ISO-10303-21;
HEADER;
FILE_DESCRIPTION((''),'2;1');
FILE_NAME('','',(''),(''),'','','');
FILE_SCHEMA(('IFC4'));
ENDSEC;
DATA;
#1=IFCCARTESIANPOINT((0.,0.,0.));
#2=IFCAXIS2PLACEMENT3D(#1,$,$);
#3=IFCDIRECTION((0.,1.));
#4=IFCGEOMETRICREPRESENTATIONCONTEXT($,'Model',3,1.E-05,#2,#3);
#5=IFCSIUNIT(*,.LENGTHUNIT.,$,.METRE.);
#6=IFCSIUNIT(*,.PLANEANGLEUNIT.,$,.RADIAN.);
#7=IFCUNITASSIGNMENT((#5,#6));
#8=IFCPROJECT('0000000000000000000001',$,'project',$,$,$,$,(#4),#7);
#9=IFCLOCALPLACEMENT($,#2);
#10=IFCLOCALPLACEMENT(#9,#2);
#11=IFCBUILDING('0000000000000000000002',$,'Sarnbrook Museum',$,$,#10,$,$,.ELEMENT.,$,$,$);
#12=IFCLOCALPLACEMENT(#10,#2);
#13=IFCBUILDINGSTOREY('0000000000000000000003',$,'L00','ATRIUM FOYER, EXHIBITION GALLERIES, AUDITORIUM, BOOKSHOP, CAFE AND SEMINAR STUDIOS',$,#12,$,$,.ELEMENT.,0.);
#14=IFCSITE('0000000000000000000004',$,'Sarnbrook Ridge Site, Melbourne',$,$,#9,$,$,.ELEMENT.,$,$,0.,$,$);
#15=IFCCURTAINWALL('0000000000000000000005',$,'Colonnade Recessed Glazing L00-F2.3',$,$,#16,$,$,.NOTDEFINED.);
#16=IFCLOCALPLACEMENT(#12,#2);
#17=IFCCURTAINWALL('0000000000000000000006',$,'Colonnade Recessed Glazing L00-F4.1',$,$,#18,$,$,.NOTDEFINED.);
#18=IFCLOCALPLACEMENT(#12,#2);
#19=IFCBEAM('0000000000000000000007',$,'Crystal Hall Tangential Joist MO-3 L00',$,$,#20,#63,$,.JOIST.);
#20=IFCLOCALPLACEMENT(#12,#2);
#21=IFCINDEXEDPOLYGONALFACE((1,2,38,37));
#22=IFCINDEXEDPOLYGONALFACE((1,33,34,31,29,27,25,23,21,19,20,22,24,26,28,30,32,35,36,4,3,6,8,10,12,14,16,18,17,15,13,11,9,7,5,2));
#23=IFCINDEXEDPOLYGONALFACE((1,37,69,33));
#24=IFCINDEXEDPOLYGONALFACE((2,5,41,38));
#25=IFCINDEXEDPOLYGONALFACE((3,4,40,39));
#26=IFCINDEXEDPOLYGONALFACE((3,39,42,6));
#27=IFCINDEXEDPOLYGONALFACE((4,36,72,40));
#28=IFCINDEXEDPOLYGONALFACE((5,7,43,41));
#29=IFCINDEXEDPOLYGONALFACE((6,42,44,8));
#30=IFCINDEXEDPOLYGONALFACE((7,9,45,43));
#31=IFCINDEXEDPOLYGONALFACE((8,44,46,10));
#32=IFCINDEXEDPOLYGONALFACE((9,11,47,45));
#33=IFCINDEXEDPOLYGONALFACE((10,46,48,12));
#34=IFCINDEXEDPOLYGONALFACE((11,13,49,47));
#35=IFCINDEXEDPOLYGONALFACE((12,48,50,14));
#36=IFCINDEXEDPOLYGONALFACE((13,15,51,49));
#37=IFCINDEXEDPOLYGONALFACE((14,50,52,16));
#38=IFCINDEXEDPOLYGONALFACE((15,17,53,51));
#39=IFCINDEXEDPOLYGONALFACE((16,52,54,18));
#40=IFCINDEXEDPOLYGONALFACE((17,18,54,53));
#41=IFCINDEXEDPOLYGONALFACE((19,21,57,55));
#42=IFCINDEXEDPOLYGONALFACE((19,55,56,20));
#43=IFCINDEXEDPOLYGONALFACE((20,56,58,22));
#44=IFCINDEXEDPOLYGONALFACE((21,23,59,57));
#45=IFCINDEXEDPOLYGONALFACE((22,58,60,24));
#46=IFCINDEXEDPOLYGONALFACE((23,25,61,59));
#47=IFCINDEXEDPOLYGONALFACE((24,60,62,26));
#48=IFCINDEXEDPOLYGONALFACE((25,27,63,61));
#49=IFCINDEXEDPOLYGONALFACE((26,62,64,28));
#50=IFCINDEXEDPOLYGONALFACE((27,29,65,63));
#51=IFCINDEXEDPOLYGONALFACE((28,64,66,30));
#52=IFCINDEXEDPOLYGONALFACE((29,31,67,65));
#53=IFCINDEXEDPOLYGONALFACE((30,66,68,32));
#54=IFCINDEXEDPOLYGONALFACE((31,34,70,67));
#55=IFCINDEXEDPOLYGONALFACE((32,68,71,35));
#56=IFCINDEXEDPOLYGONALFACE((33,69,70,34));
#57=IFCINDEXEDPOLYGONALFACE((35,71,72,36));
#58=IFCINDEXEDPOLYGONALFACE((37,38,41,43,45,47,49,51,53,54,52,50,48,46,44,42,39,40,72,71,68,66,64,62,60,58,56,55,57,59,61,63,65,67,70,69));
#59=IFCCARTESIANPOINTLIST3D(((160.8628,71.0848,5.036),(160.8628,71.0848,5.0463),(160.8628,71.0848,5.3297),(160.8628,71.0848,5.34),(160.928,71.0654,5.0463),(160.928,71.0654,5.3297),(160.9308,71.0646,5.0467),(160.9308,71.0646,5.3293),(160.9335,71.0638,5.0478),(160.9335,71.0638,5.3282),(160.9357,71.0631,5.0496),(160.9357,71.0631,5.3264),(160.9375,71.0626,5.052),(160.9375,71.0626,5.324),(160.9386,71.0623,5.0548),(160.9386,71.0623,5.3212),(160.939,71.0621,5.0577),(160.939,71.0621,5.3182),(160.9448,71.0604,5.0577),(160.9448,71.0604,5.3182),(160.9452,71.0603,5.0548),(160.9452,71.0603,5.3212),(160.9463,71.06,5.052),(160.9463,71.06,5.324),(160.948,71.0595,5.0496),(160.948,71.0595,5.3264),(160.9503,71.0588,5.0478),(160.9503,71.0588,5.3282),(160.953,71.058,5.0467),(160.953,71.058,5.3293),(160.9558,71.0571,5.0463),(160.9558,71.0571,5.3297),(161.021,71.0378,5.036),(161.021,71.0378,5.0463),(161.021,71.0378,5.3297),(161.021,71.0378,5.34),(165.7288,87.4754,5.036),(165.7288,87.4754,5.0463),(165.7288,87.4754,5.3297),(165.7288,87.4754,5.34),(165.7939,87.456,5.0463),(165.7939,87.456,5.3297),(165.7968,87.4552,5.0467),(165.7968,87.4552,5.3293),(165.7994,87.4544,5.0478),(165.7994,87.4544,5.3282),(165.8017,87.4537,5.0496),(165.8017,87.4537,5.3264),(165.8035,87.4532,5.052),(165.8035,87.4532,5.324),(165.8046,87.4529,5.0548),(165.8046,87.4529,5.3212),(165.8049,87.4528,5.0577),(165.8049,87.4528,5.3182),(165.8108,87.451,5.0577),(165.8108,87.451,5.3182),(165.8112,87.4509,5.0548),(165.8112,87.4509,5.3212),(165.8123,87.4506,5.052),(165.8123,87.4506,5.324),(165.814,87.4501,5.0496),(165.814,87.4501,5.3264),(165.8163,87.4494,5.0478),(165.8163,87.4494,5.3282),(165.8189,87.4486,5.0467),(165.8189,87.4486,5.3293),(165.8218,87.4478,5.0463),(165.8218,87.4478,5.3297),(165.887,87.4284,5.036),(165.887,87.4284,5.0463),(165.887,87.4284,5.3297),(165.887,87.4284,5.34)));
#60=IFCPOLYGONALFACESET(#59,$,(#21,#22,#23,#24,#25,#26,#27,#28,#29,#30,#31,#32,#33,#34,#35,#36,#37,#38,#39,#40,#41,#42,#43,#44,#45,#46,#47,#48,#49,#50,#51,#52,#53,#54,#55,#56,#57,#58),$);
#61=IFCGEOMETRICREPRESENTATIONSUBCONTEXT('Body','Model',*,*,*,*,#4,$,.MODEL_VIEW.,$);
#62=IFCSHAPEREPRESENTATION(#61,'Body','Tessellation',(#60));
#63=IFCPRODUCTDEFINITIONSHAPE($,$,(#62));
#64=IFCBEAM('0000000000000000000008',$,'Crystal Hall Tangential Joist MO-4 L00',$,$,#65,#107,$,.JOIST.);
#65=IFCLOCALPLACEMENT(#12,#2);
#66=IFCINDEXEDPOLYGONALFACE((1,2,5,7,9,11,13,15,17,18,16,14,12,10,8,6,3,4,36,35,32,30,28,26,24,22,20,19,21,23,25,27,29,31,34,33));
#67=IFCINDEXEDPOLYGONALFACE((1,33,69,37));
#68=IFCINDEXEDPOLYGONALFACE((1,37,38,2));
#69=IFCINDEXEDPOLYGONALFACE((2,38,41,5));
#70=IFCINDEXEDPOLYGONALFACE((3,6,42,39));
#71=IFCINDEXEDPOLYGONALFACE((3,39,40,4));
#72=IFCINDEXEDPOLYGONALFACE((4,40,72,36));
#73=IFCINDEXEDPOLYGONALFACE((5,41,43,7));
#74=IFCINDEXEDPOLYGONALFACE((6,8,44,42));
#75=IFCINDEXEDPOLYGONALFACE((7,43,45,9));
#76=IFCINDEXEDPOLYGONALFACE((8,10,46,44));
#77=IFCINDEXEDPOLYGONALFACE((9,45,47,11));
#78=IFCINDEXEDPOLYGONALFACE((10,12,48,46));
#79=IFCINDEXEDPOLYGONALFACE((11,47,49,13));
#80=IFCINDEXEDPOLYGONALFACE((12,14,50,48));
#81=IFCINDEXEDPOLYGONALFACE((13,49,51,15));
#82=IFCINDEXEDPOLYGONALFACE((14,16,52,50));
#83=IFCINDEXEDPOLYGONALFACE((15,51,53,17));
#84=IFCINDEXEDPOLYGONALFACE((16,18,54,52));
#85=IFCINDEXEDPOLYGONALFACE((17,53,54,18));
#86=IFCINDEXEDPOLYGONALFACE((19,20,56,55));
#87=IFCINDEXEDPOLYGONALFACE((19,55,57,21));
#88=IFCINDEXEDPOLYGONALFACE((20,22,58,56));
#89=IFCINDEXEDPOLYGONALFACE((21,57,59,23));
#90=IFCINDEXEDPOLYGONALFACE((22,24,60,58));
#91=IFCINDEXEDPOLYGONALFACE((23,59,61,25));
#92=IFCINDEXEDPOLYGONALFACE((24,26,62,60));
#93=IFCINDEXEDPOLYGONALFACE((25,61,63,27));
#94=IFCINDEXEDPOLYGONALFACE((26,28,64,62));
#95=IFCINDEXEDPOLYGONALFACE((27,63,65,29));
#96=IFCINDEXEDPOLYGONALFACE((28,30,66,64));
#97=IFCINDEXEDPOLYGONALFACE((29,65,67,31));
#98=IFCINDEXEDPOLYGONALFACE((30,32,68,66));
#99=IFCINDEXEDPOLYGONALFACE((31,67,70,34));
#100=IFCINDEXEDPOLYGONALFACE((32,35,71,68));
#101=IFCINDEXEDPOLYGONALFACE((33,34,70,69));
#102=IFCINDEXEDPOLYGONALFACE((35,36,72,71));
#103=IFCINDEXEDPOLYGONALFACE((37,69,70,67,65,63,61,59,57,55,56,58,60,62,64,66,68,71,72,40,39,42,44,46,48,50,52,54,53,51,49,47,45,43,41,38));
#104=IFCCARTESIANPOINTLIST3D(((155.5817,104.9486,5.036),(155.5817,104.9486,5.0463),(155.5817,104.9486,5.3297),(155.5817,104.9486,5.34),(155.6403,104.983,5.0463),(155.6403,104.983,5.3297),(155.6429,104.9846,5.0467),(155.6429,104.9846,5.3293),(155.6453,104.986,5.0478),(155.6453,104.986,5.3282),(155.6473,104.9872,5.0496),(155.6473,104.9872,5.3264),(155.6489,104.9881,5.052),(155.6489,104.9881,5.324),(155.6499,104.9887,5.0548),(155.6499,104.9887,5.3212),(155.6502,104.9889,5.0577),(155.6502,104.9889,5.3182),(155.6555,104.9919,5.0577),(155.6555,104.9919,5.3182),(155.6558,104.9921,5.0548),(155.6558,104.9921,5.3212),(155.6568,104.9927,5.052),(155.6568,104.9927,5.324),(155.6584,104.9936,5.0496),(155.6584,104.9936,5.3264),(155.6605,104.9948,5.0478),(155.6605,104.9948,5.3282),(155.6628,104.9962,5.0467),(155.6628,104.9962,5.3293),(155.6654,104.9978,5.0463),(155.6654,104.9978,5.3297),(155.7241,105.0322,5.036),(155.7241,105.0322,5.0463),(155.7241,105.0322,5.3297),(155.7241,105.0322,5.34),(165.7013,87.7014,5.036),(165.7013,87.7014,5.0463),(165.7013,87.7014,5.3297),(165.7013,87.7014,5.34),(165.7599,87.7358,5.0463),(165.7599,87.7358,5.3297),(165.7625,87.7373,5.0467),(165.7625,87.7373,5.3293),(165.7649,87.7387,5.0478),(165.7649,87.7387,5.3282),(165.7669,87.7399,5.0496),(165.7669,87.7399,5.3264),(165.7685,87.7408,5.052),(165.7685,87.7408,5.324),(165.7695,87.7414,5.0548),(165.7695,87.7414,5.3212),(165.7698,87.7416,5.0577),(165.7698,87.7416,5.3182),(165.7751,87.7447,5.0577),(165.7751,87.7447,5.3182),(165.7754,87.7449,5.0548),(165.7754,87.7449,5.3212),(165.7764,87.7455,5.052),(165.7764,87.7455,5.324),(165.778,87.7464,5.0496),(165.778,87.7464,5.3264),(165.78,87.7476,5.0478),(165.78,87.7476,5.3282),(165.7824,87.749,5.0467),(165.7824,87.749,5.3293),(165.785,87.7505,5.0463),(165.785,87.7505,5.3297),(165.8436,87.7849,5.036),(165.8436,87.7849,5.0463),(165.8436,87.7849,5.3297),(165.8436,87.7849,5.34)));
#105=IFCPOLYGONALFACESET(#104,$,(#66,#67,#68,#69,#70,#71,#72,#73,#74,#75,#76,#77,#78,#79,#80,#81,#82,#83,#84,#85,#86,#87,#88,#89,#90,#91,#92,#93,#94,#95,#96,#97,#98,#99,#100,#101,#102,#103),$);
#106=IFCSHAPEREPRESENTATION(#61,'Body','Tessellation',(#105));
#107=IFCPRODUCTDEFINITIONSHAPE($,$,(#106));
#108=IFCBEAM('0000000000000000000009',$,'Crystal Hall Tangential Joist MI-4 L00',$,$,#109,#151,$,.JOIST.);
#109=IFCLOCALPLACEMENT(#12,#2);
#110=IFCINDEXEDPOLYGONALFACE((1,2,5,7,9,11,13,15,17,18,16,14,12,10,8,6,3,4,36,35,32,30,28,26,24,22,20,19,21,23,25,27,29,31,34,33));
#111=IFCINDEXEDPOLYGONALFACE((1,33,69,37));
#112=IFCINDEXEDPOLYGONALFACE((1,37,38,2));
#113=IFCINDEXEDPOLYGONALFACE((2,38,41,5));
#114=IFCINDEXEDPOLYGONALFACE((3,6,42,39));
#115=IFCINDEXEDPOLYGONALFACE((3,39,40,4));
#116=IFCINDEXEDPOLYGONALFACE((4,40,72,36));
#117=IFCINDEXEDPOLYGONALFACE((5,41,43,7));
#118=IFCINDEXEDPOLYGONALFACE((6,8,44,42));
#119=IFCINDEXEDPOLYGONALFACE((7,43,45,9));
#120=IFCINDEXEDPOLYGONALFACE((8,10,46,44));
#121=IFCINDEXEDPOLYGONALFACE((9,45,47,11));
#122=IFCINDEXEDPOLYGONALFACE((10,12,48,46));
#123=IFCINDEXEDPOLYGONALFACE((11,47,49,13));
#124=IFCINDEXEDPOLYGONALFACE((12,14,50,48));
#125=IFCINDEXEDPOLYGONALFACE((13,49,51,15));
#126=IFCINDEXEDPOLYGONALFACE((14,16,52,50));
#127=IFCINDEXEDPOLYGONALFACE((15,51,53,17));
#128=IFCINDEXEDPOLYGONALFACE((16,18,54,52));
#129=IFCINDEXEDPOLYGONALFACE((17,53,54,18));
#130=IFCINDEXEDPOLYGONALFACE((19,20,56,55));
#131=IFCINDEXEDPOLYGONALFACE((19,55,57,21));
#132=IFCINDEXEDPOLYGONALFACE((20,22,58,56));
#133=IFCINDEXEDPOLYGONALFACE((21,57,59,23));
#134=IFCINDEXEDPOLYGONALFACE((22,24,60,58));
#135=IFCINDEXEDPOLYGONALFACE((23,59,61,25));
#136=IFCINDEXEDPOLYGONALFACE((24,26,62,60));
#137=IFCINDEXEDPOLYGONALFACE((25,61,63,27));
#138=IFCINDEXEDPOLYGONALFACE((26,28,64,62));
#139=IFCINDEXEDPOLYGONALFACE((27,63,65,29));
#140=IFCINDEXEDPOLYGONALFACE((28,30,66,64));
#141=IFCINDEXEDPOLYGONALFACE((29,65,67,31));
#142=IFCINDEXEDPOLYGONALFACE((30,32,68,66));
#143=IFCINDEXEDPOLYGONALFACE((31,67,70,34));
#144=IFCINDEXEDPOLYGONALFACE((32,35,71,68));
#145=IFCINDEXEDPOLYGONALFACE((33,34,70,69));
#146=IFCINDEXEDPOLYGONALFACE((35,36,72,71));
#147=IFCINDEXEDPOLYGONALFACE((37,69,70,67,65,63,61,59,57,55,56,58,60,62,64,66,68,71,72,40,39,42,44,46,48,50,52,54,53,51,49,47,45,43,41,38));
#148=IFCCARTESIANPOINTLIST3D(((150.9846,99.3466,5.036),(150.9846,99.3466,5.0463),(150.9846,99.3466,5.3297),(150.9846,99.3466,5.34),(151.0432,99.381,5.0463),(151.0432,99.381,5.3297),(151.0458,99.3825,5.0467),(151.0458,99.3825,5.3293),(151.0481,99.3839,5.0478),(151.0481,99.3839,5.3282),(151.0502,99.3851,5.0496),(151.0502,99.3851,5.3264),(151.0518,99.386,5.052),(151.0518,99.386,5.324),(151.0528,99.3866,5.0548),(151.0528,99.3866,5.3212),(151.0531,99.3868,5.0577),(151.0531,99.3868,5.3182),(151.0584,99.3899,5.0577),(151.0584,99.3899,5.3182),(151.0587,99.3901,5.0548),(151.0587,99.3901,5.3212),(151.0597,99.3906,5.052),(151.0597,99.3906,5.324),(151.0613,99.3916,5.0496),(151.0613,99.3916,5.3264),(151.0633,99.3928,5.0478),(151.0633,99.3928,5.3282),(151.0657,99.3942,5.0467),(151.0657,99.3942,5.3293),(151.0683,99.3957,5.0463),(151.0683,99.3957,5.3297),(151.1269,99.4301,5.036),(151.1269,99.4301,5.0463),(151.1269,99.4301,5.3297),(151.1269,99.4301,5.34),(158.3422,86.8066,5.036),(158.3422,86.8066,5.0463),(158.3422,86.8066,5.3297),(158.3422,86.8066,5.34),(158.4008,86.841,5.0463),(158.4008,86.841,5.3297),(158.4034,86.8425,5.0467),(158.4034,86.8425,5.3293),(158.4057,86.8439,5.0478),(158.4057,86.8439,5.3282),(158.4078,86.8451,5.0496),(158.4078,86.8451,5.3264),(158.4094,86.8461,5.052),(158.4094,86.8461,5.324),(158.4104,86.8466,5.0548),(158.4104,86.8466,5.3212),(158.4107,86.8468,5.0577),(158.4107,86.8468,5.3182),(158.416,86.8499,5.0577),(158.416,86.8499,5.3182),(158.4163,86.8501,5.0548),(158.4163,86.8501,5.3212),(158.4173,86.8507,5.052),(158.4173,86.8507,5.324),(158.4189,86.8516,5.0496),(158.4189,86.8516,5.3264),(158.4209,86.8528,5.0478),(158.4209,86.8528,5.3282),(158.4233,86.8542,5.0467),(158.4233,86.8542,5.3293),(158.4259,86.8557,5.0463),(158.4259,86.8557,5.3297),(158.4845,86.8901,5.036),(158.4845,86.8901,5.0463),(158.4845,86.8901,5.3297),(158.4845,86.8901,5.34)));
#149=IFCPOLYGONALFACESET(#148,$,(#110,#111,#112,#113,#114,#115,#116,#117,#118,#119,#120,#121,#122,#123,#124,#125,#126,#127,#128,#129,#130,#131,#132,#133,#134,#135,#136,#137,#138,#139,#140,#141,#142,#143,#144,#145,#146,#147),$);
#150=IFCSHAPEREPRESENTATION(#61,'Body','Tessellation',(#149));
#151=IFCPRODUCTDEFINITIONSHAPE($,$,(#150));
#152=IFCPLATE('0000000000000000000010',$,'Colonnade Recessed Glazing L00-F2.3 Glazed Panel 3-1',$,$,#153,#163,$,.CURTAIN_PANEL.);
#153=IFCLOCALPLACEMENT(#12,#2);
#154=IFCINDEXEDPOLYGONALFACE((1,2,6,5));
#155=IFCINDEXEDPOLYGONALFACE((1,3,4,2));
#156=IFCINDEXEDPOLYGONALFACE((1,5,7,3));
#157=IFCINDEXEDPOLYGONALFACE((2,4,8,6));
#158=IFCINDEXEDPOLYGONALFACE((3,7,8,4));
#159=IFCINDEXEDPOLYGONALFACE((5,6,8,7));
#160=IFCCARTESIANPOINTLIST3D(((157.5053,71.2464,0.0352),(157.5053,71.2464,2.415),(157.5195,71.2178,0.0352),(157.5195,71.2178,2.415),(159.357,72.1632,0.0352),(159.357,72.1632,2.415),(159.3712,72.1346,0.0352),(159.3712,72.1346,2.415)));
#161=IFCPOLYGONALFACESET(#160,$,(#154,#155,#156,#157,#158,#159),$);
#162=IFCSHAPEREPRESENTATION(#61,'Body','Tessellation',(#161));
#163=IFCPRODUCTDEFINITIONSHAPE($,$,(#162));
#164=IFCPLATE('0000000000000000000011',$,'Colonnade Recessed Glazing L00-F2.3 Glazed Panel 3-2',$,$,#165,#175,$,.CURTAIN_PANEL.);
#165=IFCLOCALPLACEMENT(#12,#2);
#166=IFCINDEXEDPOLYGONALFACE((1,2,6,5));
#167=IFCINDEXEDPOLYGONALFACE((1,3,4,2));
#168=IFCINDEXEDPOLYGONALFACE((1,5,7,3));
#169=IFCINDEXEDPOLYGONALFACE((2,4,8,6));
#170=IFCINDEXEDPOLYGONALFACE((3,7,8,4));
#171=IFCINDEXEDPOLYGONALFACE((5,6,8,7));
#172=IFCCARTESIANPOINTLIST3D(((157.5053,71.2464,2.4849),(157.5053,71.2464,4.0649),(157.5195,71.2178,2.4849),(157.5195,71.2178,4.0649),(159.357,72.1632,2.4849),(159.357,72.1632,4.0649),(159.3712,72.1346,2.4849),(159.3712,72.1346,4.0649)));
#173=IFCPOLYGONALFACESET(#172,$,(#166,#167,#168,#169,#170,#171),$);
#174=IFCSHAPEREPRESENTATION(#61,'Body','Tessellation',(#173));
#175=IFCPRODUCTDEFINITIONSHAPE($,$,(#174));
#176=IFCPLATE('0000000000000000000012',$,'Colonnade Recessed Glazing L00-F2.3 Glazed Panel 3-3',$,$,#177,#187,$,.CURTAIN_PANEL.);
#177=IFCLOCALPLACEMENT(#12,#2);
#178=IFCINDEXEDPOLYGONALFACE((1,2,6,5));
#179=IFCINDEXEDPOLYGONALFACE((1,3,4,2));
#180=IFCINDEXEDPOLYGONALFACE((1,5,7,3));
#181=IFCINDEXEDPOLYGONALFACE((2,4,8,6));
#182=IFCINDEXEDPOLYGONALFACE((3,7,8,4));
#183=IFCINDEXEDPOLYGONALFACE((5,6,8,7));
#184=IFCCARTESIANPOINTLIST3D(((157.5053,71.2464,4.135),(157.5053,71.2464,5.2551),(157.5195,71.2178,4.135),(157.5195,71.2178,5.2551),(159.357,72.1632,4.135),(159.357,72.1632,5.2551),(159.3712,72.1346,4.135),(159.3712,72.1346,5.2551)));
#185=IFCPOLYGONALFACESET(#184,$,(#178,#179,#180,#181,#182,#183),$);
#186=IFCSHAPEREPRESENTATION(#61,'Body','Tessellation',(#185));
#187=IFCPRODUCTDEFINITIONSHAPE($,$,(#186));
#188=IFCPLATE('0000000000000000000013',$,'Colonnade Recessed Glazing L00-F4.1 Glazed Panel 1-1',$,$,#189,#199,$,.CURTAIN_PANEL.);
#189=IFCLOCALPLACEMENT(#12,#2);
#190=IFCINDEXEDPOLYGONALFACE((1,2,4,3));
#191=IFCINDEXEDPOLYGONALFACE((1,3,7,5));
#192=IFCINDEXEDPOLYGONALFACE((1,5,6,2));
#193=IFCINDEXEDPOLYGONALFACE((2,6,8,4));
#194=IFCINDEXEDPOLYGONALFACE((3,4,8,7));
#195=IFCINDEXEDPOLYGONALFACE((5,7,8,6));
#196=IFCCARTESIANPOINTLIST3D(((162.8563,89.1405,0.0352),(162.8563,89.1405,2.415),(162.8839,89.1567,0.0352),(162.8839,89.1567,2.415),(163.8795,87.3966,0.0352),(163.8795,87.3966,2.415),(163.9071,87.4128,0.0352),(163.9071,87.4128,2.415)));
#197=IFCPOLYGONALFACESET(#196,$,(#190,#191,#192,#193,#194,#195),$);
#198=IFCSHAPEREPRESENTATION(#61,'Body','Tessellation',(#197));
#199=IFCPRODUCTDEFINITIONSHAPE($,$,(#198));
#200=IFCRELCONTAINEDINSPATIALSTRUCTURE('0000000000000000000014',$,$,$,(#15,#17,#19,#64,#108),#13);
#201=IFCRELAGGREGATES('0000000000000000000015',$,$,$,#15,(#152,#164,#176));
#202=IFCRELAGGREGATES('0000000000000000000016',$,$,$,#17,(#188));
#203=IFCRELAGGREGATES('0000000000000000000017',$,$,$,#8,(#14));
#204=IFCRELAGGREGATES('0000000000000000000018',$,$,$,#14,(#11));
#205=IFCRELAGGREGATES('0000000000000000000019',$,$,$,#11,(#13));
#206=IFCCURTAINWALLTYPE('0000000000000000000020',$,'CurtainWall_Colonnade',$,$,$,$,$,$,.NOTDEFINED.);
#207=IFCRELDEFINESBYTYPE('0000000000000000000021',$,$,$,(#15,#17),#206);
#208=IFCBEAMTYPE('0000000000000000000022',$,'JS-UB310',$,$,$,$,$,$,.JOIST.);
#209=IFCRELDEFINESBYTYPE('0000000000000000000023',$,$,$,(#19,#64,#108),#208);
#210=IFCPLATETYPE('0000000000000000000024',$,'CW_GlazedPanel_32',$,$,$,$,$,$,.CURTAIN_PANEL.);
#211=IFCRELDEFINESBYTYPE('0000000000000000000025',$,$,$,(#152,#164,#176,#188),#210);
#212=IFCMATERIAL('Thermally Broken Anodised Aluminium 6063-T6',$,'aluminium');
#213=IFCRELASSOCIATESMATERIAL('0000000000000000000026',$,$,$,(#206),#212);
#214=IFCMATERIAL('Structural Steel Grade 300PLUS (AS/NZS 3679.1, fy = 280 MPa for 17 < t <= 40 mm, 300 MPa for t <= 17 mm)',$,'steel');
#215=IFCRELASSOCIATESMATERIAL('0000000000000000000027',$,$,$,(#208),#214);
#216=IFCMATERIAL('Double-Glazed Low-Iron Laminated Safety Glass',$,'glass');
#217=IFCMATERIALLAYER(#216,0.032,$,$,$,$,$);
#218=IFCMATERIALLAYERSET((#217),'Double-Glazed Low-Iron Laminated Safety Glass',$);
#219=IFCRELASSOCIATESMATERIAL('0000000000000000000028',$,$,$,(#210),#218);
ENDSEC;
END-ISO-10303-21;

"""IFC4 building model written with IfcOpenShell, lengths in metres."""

from ifc_helpers import new_model, si_unit, direction, frame, origin, origin_2d, place, context, subcontext, project, spatial, rectangle, i_section, extrude, material, layer, layer_set, material_profile, profile_set, type_object, element, aggregate, save


model = new_model("IFC4")

# Units and contexts
model_context = context("Model", 3, precision=1e-05, world=origin(), true_north=direction((0.0, 1.0)))
body_context = subcontext(model_context, "Body", "Model", "MODEL_VIEW")
ifc_project = project(units=[si_unit("LENGTHUNIT", "METRE"), si_unit("PLANEANGLEUNIT", "RADIAN")], contexts=[model_context])

# Site, building, storey
site_placement = place(None, origin())
site = spatial("IfcSite", under=ifc_project, at=site_placement, Name="Sarnbrook Ridge Site, Melbourne", CompositionType="ELEMENT", RefElevation=0.0)
building_placement = place(site_placement, origin())
building = spatial("IfcBuilding", under=site, at=building_placement, Name="Sarnbrook Museum", CompositionType="ELEMENT")
storey_placement = place(building_placement, origin())
storey = spatial("IfcBuildingStorey", under=building, at=storey_placement, Name="L00", Description="ATRIUM FOYER, EXHIBITION GALLERIES, AUDITORIUM, BOOKSHOP, CAFE AND SEMINAR STUDIOS", CompositionType="ELEMENT", Elevation=0.0)

# Shared definitions
ifc_material_1 = material(Name="Structural Steel Grade 300PLUS (AS/NZS 3679.1, fy = 280 MPa for 17 < t <= 40 mm, 300 MPa for t <= 17 mm)", Category="steel")

# Curtain wall
ifc_material_2 = material(Name="Thermally Broken Anodised Aluminium 6063-T6", Category="aluminium")
curtain_wall_type = type_object("IfcCurtainWallType", Name="CurtainWall_Colonnade", PredefinedType="NOTDEFINED", material=ifc_material_2)
curtain_wall_1_placement = place(storey_placement, origin())
curtain_wall_1 = element("IfcCurtainWall", 1, at=curtain_wall_1_placement, inside=storey, type_object=curtain_wall_type, Name="Colonnade Recessed Glazing L00-F2.3", PredefinedType="NOTDEFINED")

# Curtain wall
curtain_wall_2_placement = place(storey_placement, origin())
curtain_wall_2 = element("IfcCurtainWall", 2, at=curtain_wall_2_placement, inside=storey, type_object=curtain_wall_type, Name="Colonnade Recessed Glazing L00-F4.1", PredefinedType="NOTDEFINED")

# Beams
ifc_material_profile_1 = material_profile(ifc_material_1, i_section(OverallWidth=0.165, OverallDepth=0.304, WebThickness=0.0061, FlangeThickness=0.0103, FilletRadius=0.0115, at=origin_2d()), Name="310UB40.4")
ifc_profile_set_1 = profile_set([ifc_material_profile_1], Name="Structural Steel Grade 300PLUS (AS/NZS 3679.1, fy = 280 MPa for 17 < t <= 40 mm, 300 MPa for t <= 17 mm)")
beam_type_1 = type_object("IfcBeamType", Name="JS-UB310", PredefinedType="JOIST", material=ifc_profile_set_1)
beam_1_placement = place(storey_placement, frame((160.9419, 71.0613, 5.188), z_axis=(0.284598, 0.958647, 0.0), x_axis=(-0.958647, 0.284598, 0.0)))
element("IfcBeam", 3, at=beam_1_placement, inside=storey, type_object=beam_type_1, Name="Crystal Hall Tangential Joist MO-3 L00", PredefinedType="JOIST", context=body_context, shape_type="SweptSolid", body=[
    extrude(i_section(OverallWidth=0.165, OverallDepth=0.304, WebThickness=0.0061, FlangeThickness=0.0103, FilletRadius=0.0115, at=origin_2d()), origin(), (0.0, 0.0, 1.0), 17.0977),
])
beam_2_placement = place(storey_placement, frame((165.7725, 87.7432, 5.188), z_axis=(-0.506059, 0.862499, 0.0), x_axis=(-0.862499, -0.506059, 0.0)))
element("IfcBeam", 4, at=beam_2_placement, inside=storey, type_object=beam_type_1, Name="Crystal Hall Tangential Joist MO-4 L00", PredefinedType="JOIST", context=body_context, shape_type="SweptSolid", body=[
    extrude(i_section(OverallWidth=0.165, OverallDepth=0.304, WebThickness=0.0061, FlangeThickness=0.0103, FilletRadius=0.0115, at=origin_2d()), origin(), (0.0, 0.0, 1.0), 19.9968),
])
beam_3_placement = place(storey_placement, frame((158.4133, 86.8484, 5.188), z_axis=(-0.506058, 0.8625, 0.0), x_axis=(-0.8625, -0.506058, 0.0)))
element("IfcBeam", 5, at=beam_3_placement, inside=storey, type_object=beam_type_1, Name="Crystal Hall Tangential Joist MI-4 L00", PredefinedType="JOIST", context=body_context, shape_type="SweptSolid", body=[
    extrude(i_section(OverallWidth=0.165, OverallDepth=0.304, WebThickness=0.0061, FlangeThickness=0.0103, FilletRadius=0.0115, at=origin_2d()), origin(), (0.0, 0.0, 1.0), 14.5391),
])

# Plates
ifc_material_3 = material(Name="Double-Glazed Low-Iron Laminated Safety Glass", Category="glass")
ifc_layer_1 = layer(ifc_material_3, 0.032)
ifc_layer_set_1 = layer_set([ifc_layer_1], Name="Double-Glazed Low-Iron Laminated Safety Glass")
plate_type = type_object("IfcPlateType", Name="CW_GlazedPanel_32", PredefinedType="CURTAIN_PANEL", material=ifc_layer_set_1)
plate_1_placement = place(storey_placement, frame((158.4312, 71.7048, 1.2251), z_axis=(0.443729, -0.896161, 0.0), x_axis=(0.896161, 0.443729, 0.0)))
plate_1 = element("IfcPlate", 6, at=plate_1_placement, type_object=plate_type, Name="Colonnade Recessed Glazing L00-F2.3 Glazed Panel 3-1", PredefinedType="CURTAIN_PANEL", context=body_context, shape_type="SweptSolid", body=[
    extrude(rectangle(XDim=2.0662, YDim=2.3799, at=origin_2d()), origin(), (0.0, 0.0, 1.0), 0.032),
])
plate_2_placement = place(storey_placement, frame((158.4312, 71.7048, 3.2749), z_axis=(0.443729, -0.896161, 0.0), x_axis=(0.896161, 0.443729, 0.0)))
plate_2 = element("IfcPlate", 7, at=plate_2_placement, type_object=plate_type, Name="Colonnade Recessed Glazing L00-F2.3 Glazed Panel 3-2", PredefinedType="CURTAIN_PANEL", context=body_context, shape_type="SweptSolid", body=[
    extrude(rectangle(XDim=2.0662, YDim=1.5801, at=origin_2d()), origin(), (0.0, 0.0, 1.0), 0.032),
])
plate_3_placement = place(storey_placement, frame((158.4312, 71.7048, 4.6951), z_axis=(0.443729, -0.896161, 0.0), x_axis=(0.896161, 0.443729, 0.0)))
plate_3 = element("IfcPlate", 8, at=plate_3_placement, type_object=plate_type, Name="Colonnade Recessed Glazing L00-F2.3 Glazed Panel 3-3", PredefinedType="CURTAIN_PANEL", context=body_context, shape_type="SweptSolid", body=[
    extrude(rectangle(XDim=2.0662, YDim=1.1201, at=origin_2d()), origin(), (0.0, 0.0, 1.0), 0.032),
])
aggregate(curtain_wall_1, [plate_1, plate_2, plate_3])
plate_4_placement = place(storey_placement, frame((163.3679, 88.2686, 1.2251), z_axis=(0.862498, 0.50606, 0.0), x_axis=(-0.50606, 0.862498, 0.0)))
plate_4 = element("IfcPlate", 9, at=plate_4_placement, type_object=plate_type, Name="Colonnade Recessed Glazing L00-F4.1 Glazed Panel 1-1", PredefinedType="CURTAIN_PANEL", context=body_context, shape_type="SweptSolid", body=[
    extrude(rectangle(XDim=2.022, YDim=2.3799, at=origin_2d()), origin(), (0.0, 0.0, 1.0), 0.032),
])
aggregate(curtain_wall_2, [plate_4])

save(model, "model.ifc")
